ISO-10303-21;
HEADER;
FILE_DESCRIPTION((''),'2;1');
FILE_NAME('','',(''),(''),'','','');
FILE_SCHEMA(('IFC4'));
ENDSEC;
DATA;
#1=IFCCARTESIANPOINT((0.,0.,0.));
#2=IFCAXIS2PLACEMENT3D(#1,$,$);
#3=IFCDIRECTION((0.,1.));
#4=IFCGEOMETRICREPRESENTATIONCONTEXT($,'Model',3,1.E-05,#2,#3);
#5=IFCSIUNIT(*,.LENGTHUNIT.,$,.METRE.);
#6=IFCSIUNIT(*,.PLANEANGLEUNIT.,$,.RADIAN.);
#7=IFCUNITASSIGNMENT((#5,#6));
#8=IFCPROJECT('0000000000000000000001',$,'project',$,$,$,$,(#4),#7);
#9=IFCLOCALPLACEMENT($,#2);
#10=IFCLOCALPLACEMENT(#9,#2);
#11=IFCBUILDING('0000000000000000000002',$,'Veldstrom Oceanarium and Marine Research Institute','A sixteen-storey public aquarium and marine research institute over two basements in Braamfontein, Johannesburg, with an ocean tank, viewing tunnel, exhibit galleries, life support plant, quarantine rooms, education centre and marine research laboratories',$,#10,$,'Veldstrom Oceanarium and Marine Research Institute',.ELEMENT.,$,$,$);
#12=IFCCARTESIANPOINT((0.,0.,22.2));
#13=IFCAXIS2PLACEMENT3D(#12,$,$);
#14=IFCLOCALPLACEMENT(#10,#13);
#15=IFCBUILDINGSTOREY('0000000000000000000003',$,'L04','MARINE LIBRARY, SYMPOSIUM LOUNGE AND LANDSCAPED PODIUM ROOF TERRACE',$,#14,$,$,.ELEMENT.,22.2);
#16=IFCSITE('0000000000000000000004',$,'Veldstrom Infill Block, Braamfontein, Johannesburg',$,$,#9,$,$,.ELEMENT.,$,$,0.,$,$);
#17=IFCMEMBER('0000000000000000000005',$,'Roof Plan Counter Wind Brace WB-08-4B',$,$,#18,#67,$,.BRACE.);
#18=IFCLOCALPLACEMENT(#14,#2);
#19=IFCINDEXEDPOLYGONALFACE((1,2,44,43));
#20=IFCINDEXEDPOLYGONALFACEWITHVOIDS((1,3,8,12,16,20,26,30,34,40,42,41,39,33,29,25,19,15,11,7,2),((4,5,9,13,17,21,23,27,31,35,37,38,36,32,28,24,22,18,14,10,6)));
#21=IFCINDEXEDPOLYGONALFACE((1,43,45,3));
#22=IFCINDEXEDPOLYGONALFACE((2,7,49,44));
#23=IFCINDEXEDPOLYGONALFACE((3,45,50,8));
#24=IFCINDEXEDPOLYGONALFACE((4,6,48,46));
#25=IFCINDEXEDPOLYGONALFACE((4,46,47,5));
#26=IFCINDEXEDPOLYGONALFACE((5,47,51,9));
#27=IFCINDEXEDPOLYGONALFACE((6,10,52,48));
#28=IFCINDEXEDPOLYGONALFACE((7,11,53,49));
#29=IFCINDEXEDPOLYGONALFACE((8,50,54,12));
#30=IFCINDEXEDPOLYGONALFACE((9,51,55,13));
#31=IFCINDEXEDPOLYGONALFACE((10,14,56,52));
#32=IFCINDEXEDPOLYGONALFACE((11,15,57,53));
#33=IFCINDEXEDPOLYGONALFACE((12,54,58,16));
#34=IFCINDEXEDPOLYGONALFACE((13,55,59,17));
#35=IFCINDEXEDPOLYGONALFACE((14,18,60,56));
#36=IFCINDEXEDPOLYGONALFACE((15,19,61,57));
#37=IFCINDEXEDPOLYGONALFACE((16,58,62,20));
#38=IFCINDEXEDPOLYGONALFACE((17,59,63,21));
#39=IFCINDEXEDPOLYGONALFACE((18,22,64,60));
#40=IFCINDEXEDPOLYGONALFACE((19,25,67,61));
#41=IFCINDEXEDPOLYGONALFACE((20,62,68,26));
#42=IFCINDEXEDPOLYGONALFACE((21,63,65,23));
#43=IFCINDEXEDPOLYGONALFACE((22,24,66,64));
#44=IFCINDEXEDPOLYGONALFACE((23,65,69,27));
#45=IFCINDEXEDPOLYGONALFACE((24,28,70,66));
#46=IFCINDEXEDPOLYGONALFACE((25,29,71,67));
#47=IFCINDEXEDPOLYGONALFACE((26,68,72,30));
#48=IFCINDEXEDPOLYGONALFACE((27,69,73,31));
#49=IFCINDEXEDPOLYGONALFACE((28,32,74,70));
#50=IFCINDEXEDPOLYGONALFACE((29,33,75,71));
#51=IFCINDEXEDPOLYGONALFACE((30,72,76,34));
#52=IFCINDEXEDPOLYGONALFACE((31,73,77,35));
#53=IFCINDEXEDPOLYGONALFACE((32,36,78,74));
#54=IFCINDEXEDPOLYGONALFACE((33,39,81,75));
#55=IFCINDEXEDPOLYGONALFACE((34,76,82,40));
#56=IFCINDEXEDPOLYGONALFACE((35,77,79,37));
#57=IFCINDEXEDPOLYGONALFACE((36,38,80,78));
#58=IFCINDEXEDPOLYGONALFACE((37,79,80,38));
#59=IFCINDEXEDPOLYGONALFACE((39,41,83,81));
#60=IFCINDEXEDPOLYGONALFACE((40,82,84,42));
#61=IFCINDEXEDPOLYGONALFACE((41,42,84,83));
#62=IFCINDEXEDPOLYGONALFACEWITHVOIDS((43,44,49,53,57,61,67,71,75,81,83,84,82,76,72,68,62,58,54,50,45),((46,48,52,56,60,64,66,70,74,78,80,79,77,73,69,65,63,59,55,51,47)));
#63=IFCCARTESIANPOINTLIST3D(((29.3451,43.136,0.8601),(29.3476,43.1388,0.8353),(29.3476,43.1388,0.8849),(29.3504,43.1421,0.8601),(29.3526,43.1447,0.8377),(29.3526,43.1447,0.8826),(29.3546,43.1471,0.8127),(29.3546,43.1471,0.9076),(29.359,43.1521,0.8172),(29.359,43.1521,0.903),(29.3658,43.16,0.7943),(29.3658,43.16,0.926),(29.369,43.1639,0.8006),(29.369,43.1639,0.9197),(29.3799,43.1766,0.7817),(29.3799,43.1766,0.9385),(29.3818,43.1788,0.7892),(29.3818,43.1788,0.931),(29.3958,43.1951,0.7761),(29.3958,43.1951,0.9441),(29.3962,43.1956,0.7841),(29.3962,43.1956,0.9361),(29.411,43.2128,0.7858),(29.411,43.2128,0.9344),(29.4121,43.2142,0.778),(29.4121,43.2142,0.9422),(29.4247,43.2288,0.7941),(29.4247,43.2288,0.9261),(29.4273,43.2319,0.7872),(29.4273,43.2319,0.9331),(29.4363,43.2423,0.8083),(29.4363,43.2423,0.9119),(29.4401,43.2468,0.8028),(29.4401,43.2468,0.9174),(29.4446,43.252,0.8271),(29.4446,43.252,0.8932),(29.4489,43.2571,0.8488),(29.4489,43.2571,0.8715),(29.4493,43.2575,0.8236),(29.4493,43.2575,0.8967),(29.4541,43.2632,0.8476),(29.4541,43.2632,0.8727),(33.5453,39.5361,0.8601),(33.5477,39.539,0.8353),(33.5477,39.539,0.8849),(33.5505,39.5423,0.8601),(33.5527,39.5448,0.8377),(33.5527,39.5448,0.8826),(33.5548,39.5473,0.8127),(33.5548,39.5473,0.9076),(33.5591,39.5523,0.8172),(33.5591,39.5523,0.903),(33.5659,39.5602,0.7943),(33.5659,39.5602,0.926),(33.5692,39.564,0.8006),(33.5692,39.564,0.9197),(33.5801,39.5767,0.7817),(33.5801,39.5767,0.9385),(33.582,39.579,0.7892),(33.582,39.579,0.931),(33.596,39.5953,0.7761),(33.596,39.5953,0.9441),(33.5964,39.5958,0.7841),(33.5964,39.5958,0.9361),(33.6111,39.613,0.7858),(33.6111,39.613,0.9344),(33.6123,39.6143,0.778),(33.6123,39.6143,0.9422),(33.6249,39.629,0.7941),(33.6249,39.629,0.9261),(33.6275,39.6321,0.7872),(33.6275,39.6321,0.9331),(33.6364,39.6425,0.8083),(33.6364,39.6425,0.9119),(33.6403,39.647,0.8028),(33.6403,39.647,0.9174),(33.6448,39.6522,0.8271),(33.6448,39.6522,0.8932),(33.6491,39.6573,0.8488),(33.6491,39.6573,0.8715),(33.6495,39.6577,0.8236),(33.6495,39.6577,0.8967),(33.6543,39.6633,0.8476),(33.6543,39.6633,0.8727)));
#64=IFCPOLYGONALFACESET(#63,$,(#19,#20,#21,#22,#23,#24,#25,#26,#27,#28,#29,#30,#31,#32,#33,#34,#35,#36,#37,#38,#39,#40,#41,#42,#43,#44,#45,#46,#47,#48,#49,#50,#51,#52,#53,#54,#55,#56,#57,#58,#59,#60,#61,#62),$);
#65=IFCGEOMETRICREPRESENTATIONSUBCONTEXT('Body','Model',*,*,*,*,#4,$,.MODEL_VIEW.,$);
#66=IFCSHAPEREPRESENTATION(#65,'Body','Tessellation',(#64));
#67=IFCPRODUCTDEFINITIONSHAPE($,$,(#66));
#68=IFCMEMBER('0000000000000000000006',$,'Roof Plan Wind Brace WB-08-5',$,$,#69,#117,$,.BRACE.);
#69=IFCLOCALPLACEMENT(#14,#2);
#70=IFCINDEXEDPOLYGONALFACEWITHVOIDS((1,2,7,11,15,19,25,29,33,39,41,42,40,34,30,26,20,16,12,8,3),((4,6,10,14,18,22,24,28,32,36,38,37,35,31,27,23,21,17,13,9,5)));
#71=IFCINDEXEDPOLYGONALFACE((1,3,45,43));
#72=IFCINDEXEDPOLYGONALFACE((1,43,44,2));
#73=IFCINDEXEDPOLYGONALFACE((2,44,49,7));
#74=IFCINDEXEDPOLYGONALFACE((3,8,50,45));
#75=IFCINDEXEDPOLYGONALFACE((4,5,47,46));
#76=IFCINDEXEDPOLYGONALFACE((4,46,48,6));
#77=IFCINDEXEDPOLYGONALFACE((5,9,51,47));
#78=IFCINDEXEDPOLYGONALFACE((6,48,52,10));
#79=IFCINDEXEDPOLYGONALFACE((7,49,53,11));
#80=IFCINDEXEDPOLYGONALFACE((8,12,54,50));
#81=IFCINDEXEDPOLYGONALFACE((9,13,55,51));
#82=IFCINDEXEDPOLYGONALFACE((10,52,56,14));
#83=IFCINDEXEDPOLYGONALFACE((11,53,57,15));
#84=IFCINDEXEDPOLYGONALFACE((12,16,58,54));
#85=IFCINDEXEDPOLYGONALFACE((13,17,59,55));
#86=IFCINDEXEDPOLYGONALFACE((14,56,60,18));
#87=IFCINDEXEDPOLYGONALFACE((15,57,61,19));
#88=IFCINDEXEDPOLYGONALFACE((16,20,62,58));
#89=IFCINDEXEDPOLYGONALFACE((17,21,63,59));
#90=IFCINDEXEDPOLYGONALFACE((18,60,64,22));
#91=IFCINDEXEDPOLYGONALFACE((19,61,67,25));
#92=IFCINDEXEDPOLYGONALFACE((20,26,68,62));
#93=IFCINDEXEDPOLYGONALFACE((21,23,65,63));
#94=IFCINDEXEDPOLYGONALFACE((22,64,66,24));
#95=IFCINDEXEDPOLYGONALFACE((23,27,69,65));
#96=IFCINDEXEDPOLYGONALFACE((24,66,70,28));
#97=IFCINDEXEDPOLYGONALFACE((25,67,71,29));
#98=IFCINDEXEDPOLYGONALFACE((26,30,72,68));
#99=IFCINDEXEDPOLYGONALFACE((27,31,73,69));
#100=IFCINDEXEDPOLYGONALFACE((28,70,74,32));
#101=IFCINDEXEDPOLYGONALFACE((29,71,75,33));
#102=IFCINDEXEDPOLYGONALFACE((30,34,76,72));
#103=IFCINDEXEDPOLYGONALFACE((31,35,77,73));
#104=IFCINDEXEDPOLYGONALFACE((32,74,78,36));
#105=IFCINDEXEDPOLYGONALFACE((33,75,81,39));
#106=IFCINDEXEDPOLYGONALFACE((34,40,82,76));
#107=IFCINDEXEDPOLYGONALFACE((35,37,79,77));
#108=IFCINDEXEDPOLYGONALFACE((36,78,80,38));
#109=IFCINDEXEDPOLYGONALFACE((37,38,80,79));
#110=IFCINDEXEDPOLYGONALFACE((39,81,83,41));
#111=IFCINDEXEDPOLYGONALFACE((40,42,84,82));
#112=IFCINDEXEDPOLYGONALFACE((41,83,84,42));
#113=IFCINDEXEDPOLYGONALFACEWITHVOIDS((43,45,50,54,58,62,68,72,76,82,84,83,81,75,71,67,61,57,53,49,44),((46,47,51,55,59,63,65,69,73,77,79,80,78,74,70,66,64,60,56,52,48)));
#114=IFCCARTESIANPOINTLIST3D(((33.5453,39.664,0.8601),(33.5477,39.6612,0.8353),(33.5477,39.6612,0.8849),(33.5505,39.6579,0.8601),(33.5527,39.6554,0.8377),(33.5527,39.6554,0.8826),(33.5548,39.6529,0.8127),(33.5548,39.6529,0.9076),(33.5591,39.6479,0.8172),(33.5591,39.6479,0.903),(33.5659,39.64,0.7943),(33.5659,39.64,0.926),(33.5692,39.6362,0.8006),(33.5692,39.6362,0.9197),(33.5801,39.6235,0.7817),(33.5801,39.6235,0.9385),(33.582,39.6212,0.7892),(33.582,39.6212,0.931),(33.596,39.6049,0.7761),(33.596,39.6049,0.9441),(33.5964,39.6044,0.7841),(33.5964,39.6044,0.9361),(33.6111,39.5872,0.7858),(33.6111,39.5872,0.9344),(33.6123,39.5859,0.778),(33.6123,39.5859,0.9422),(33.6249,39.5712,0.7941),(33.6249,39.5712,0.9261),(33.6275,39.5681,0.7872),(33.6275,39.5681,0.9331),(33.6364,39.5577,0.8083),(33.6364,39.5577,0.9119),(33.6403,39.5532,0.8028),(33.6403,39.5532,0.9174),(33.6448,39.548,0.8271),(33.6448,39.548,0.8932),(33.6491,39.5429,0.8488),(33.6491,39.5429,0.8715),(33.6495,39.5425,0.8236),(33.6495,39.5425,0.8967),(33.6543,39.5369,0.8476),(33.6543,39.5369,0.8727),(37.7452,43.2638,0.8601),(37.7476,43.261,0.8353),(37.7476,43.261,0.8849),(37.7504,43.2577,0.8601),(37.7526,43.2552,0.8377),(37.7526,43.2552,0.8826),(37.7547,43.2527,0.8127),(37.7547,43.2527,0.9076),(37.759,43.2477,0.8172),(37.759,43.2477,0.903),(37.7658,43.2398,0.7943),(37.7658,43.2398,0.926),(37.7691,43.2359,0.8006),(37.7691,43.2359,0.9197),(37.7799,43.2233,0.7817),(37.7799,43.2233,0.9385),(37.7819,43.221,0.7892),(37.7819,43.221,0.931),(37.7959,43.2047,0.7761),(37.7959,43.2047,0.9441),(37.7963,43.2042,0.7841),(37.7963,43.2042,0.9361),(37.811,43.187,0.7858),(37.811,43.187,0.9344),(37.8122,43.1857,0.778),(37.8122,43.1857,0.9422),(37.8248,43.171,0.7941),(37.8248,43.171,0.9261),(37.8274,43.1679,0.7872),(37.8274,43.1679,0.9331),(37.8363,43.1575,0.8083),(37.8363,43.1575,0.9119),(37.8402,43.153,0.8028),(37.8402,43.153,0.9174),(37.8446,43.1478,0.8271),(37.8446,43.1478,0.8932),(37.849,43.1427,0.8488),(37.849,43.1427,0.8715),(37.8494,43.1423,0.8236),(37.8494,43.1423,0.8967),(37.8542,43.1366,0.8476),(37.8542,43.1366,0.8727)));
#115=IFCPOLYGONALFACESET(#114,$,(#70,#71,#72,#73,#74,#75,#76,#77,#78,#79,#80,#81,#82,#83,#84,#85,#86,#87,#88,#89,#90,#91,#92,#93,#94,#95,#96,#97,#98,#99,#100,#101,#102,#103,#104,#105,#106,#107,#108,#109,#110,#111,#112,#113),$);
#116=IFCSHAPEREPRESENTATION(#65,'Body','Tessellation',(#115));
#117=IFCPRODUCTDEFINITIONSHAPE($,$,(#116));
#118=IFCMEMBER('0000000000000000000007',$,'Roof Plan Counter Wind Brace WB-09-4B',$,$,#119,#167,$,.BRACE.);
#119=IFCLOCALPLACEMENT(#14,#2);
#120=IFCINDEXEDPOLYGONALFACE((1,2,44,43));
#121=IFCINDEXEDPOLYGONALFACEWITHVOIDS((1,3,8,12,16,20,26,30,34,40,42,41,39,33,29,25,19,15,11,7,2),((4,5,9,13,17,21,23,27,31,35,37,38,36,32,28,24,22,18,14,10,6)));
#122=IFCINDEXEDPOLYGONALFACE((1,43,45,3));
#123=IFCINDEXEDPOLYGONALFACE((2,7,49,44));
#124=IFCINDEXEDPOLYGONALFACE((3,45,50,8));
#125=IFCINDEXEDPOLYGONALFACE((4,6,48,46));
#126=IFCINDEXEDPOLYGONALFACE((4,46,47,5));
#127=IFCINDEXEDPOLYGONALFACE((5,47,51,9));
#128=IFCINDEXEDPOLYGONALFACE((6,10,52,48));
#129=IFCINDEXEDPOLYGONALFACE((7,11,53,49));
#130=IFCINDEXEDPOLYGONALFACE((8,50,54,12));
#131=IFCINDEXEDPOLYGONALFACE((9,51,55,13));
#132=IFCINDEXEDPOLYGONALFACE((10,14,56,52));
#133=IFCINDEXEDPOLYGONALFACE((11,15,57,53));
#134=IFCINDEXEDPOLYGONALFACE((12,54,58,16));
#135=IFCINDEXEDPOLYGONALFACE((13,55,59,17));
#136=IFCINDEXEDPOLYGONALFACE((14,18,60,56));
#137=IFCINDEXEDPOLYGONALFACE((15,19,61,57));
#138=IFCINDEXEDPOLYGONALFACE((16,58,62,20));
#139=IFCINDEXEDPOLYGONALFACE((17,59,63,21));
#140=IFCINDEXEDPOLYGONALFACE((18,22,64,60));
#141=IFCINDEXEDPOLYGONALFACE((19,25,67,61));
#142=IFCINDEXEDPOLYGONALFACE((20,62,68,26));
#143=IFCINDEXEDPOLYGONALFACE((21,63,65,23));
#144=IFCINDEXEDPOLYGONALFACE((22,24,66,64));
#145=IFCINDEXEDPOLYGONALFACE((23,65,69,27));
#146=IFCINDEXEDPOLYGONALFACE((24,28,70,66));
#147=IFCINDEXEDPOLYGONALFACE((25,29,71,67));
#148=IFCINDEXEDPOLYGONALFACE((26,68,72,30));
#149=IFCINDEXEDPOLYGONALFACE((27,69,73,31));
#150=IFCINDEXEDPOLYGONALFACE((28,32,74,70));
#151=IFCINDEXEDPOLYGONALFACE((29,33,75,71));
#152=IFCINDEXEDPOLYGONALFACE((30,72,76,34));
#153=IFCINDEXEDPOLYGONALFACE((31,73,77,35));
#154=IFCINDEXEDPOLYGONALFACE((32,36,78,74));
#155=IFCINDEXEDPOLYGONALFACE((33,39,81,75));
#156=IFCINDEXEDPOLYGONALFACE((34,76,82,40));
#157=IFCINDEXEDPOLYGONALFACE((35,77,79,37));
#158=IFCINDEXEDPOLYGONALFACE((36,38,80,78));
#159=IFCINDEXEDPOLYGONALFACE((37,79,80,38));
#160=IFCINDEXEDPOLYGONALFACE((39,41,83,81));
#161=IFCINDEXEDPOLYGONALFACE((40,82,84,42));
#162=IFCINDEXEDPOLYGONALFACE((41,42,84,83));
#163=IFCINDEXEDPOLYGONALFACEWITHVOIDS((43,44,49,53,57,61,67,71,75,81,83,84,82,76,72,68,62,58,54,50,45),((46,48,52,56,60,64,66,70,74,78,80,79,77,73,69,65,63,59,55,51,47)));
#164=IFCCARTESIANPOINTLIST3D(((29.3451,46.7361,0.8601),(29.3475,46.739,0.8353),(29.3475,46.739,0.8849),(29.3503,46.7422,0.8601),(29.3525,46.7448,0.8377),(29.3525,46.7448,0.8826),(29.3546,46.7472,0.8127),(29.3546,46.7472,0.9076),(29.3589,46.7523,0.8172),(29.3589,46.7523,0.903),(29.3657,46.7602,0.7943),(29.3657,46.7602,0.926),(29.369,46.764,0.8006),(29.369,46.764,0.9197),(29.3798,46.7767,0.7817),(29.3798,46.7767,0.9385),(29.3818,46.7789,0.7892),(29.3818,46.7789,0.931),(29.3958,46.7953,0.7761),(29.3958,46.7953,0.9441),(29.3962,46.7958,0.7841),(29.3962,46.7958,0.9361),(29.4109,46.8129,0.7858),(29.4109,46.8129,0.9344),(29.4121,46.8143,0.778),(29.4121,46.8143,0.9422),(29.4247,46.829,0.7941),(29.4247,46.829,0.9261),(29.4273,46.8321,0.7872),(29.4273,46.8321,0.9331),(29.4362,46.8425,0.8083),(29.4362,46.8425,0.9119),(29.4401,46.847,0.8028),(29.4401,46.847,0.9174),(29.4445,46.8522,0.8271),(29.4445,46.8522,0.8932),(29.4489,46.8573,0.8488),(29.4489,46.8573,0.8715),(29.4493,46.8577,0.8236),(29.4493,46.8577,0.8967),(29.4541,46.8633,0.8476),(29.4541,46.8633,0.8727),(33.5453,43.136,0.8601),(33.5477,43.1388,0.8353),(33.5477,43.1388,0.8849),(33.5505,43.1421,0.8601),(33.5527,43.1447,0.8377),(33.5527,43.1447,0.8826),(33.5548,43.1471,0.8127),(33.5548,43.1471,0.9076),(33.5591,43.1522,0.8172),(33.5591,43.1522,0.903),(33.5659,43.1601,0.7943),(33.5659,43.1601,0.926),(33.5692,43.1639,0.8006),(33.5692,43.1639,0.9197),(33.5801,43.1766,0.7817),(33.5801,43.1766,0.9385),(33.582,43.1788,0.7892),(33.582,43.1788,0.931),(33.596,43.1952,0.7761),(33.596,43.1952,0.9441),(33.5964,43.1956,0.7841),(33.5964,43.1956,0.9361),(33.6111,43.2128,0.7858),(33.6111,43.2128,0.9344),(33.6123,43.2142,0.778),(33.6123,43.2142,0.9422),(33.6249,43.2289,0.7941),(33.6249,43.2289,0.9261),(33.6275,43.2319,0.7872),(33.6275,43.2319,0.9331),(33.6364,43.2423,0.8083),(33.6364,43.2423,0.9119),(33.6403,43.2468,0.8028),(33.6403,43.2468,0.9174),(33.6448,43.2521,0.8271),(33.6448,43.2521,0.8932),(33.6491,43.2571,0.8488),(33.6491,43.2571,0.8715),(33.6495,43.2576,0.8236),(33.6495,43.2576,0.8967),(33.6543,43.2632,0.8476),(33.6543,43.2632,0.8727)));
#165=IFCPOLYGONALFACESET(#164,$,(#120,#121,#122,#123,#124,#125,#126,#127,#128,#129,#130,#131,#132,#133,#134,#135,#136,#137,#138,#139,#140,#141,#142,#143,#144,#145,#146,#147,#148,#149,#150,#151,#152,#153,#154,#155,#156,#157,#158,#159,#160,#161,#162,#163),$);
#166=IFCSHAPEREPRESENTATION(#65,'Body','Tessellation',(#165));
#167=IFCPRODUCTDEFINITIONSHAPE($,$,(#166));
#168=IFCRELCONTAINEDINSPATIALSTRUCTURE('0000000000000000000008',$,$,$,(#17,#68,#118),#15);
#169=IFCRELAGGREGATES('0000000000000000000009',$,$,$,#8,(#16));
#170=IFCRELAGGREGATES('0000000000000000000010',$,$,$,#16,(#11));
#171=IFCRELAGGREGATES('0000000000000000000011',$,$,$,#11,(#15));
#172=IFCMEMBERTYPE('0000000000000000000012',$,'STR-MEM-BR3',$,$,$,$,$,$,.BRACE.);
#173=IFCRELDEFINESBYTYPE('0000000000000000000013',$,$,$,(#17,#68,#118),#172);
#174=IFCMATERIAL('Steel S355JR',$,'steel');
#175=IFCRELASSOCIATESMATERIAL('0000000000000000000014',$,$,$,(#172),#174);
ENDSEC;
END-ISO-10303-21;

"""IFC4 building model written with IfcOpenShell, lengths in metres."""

from ifc_helpers import new_model, si_unit, direction, frame, origin, origin_2d, place, context, subcontext, project, spatial, hollow_circle, extrude, material, material_profile, profile_set, type_object, element, save


model = new_model("IFC4")

# Units and contexts
model_context = context("Model", 3, precision=1e-05, world=origin(), true_north=direction((0.0, 1.0)))
body_context = subcontext(model_context, "Body", "Model", "MODEL_VIEW")
ifc_project = project(units=[si_unit("LENGTHUNIT", "METRE"), si_unit("PLANEANGLEUNIT", "RADIAN")], contexts=[model_context])

# Site, building, storey
site_placement = place(None, origin())
site = spatial("IfcSite", under=ifc_project, at=site_placement, Name="Veldstrom Infill Block, Braamfontein, Johannesburg", CompositionType="ELEMENT", RefElevation=0.0)
building_placement = place(site_placement, origin())
building = spatial("IfcBuilding", under=site, at=building_placement, Name="Veldstrom Oceanarium and Marine Research Institute", Description="A sixteen-storey public aquarium and marine research institute over two basements in Braamfontein, Johannesburg, with an ocean tank, viewing tunnel, exhibit galleries, life support plant, quarantine rooms, education centre and marine research laboratories", LongName="Veldstrom Oceanarium and Marine Research Institute", CompositionType="ELEMENT")
storey_placement = place(building_placement, frame((0.0, 0.0, 22.2)))
storey = spatial("IfcBuildingStorey", under=building, at=storey_placement, Name="L04", Description="MARINE LIBRARY, SYMPOSIUM LOUNGE AND LANDSCAPED PODIUM ROOF TERRACE", CompositionType="ELEMENT", Elevation=22.2)

# Members
ifc_material_1 = material(Name="Steel S355JR", Category="steel")
ifc_material_profile_1 = material_profile(ifc_material_1, hollow_circle(Radius=0.0842, WallThickness=0.0081, at=origin_2d()), Name="CHS 168.3x8")
ifc_profile_set_1 = profile_set([ifc_material_profile_1], Name="Steel S355JR")
member_type_1 = type_object("IfcMemberType", Name="STR-MEM-BR3", PredefinedType="BRACE", material=ifc_profile_set_1)
for number, where, z_axis, x_axis, name in (
    (1, (33.6001, 39.6001, 0.8601), (-0.759285, 0.650759, 0.0), (-0.650759, -0.759285, 0.0), "Roof Plan Counter Wind Brace WB-08-4B"),
):
    element("IfcMember", number, at=place(storey_placement, frame(where, z_axis=z_axis, x_axis=x_axis)), inside=storey, type_object=member_type_1, Name=name, PredefinedType="BRACE", context=body_context, shape_type="SweptSolid", body=[
        extrude(hollow_circle(Radius=0.0842, WallThickness=0.0081, at=origin_2d()), origin(), (0.0, 0.0, 1.0), 5.5317),
    ])
member_1_placement = place(storey_placement, frame((33.6001, 39.6001, 0.8601), z_axis=(0.759266, 0.65078, 0.0), x_axis=(-0.65078, 0.759266, 0.0)))
element("IfcMember", 2, at=member_1_placement, inside=storey, type_object=member_type_1, Name="Roof Plan Wind Brace WB-08-5", PredefinedType="BRACE", context=body_context, shape_type="SweptSolid", body=[
    extrude(hollow_circle(Radius=0.0842, WallThickness=0.0081, at=origin_2d()), origin(), (0.0, 0.0, 1.0), 5.5315),
])
member_2_placement = place(storey_placement, frame((33.6001, 43.2, 0.8601), z_axis=(-0.759263, 0.650784, 0.0), x_axis=(-0.650784, -0.759263, 0.0)))
element("IfcMember", 3, at=member_2_placement, inside=storey, type_object=member_type_1, Name="Roof Plan Counter Wind Brace WB-09-4B", PredefinedType="BRACE", context=body_context, shape_type="SweptSolid", body=[
    extrude(hollow_circle(Radius=0.0842, WallThickness=0.0081, at=origin_2d()), origin(), (0.0, 0.0, 1.0), 5.532),
])

save(model, "model.ifc")
